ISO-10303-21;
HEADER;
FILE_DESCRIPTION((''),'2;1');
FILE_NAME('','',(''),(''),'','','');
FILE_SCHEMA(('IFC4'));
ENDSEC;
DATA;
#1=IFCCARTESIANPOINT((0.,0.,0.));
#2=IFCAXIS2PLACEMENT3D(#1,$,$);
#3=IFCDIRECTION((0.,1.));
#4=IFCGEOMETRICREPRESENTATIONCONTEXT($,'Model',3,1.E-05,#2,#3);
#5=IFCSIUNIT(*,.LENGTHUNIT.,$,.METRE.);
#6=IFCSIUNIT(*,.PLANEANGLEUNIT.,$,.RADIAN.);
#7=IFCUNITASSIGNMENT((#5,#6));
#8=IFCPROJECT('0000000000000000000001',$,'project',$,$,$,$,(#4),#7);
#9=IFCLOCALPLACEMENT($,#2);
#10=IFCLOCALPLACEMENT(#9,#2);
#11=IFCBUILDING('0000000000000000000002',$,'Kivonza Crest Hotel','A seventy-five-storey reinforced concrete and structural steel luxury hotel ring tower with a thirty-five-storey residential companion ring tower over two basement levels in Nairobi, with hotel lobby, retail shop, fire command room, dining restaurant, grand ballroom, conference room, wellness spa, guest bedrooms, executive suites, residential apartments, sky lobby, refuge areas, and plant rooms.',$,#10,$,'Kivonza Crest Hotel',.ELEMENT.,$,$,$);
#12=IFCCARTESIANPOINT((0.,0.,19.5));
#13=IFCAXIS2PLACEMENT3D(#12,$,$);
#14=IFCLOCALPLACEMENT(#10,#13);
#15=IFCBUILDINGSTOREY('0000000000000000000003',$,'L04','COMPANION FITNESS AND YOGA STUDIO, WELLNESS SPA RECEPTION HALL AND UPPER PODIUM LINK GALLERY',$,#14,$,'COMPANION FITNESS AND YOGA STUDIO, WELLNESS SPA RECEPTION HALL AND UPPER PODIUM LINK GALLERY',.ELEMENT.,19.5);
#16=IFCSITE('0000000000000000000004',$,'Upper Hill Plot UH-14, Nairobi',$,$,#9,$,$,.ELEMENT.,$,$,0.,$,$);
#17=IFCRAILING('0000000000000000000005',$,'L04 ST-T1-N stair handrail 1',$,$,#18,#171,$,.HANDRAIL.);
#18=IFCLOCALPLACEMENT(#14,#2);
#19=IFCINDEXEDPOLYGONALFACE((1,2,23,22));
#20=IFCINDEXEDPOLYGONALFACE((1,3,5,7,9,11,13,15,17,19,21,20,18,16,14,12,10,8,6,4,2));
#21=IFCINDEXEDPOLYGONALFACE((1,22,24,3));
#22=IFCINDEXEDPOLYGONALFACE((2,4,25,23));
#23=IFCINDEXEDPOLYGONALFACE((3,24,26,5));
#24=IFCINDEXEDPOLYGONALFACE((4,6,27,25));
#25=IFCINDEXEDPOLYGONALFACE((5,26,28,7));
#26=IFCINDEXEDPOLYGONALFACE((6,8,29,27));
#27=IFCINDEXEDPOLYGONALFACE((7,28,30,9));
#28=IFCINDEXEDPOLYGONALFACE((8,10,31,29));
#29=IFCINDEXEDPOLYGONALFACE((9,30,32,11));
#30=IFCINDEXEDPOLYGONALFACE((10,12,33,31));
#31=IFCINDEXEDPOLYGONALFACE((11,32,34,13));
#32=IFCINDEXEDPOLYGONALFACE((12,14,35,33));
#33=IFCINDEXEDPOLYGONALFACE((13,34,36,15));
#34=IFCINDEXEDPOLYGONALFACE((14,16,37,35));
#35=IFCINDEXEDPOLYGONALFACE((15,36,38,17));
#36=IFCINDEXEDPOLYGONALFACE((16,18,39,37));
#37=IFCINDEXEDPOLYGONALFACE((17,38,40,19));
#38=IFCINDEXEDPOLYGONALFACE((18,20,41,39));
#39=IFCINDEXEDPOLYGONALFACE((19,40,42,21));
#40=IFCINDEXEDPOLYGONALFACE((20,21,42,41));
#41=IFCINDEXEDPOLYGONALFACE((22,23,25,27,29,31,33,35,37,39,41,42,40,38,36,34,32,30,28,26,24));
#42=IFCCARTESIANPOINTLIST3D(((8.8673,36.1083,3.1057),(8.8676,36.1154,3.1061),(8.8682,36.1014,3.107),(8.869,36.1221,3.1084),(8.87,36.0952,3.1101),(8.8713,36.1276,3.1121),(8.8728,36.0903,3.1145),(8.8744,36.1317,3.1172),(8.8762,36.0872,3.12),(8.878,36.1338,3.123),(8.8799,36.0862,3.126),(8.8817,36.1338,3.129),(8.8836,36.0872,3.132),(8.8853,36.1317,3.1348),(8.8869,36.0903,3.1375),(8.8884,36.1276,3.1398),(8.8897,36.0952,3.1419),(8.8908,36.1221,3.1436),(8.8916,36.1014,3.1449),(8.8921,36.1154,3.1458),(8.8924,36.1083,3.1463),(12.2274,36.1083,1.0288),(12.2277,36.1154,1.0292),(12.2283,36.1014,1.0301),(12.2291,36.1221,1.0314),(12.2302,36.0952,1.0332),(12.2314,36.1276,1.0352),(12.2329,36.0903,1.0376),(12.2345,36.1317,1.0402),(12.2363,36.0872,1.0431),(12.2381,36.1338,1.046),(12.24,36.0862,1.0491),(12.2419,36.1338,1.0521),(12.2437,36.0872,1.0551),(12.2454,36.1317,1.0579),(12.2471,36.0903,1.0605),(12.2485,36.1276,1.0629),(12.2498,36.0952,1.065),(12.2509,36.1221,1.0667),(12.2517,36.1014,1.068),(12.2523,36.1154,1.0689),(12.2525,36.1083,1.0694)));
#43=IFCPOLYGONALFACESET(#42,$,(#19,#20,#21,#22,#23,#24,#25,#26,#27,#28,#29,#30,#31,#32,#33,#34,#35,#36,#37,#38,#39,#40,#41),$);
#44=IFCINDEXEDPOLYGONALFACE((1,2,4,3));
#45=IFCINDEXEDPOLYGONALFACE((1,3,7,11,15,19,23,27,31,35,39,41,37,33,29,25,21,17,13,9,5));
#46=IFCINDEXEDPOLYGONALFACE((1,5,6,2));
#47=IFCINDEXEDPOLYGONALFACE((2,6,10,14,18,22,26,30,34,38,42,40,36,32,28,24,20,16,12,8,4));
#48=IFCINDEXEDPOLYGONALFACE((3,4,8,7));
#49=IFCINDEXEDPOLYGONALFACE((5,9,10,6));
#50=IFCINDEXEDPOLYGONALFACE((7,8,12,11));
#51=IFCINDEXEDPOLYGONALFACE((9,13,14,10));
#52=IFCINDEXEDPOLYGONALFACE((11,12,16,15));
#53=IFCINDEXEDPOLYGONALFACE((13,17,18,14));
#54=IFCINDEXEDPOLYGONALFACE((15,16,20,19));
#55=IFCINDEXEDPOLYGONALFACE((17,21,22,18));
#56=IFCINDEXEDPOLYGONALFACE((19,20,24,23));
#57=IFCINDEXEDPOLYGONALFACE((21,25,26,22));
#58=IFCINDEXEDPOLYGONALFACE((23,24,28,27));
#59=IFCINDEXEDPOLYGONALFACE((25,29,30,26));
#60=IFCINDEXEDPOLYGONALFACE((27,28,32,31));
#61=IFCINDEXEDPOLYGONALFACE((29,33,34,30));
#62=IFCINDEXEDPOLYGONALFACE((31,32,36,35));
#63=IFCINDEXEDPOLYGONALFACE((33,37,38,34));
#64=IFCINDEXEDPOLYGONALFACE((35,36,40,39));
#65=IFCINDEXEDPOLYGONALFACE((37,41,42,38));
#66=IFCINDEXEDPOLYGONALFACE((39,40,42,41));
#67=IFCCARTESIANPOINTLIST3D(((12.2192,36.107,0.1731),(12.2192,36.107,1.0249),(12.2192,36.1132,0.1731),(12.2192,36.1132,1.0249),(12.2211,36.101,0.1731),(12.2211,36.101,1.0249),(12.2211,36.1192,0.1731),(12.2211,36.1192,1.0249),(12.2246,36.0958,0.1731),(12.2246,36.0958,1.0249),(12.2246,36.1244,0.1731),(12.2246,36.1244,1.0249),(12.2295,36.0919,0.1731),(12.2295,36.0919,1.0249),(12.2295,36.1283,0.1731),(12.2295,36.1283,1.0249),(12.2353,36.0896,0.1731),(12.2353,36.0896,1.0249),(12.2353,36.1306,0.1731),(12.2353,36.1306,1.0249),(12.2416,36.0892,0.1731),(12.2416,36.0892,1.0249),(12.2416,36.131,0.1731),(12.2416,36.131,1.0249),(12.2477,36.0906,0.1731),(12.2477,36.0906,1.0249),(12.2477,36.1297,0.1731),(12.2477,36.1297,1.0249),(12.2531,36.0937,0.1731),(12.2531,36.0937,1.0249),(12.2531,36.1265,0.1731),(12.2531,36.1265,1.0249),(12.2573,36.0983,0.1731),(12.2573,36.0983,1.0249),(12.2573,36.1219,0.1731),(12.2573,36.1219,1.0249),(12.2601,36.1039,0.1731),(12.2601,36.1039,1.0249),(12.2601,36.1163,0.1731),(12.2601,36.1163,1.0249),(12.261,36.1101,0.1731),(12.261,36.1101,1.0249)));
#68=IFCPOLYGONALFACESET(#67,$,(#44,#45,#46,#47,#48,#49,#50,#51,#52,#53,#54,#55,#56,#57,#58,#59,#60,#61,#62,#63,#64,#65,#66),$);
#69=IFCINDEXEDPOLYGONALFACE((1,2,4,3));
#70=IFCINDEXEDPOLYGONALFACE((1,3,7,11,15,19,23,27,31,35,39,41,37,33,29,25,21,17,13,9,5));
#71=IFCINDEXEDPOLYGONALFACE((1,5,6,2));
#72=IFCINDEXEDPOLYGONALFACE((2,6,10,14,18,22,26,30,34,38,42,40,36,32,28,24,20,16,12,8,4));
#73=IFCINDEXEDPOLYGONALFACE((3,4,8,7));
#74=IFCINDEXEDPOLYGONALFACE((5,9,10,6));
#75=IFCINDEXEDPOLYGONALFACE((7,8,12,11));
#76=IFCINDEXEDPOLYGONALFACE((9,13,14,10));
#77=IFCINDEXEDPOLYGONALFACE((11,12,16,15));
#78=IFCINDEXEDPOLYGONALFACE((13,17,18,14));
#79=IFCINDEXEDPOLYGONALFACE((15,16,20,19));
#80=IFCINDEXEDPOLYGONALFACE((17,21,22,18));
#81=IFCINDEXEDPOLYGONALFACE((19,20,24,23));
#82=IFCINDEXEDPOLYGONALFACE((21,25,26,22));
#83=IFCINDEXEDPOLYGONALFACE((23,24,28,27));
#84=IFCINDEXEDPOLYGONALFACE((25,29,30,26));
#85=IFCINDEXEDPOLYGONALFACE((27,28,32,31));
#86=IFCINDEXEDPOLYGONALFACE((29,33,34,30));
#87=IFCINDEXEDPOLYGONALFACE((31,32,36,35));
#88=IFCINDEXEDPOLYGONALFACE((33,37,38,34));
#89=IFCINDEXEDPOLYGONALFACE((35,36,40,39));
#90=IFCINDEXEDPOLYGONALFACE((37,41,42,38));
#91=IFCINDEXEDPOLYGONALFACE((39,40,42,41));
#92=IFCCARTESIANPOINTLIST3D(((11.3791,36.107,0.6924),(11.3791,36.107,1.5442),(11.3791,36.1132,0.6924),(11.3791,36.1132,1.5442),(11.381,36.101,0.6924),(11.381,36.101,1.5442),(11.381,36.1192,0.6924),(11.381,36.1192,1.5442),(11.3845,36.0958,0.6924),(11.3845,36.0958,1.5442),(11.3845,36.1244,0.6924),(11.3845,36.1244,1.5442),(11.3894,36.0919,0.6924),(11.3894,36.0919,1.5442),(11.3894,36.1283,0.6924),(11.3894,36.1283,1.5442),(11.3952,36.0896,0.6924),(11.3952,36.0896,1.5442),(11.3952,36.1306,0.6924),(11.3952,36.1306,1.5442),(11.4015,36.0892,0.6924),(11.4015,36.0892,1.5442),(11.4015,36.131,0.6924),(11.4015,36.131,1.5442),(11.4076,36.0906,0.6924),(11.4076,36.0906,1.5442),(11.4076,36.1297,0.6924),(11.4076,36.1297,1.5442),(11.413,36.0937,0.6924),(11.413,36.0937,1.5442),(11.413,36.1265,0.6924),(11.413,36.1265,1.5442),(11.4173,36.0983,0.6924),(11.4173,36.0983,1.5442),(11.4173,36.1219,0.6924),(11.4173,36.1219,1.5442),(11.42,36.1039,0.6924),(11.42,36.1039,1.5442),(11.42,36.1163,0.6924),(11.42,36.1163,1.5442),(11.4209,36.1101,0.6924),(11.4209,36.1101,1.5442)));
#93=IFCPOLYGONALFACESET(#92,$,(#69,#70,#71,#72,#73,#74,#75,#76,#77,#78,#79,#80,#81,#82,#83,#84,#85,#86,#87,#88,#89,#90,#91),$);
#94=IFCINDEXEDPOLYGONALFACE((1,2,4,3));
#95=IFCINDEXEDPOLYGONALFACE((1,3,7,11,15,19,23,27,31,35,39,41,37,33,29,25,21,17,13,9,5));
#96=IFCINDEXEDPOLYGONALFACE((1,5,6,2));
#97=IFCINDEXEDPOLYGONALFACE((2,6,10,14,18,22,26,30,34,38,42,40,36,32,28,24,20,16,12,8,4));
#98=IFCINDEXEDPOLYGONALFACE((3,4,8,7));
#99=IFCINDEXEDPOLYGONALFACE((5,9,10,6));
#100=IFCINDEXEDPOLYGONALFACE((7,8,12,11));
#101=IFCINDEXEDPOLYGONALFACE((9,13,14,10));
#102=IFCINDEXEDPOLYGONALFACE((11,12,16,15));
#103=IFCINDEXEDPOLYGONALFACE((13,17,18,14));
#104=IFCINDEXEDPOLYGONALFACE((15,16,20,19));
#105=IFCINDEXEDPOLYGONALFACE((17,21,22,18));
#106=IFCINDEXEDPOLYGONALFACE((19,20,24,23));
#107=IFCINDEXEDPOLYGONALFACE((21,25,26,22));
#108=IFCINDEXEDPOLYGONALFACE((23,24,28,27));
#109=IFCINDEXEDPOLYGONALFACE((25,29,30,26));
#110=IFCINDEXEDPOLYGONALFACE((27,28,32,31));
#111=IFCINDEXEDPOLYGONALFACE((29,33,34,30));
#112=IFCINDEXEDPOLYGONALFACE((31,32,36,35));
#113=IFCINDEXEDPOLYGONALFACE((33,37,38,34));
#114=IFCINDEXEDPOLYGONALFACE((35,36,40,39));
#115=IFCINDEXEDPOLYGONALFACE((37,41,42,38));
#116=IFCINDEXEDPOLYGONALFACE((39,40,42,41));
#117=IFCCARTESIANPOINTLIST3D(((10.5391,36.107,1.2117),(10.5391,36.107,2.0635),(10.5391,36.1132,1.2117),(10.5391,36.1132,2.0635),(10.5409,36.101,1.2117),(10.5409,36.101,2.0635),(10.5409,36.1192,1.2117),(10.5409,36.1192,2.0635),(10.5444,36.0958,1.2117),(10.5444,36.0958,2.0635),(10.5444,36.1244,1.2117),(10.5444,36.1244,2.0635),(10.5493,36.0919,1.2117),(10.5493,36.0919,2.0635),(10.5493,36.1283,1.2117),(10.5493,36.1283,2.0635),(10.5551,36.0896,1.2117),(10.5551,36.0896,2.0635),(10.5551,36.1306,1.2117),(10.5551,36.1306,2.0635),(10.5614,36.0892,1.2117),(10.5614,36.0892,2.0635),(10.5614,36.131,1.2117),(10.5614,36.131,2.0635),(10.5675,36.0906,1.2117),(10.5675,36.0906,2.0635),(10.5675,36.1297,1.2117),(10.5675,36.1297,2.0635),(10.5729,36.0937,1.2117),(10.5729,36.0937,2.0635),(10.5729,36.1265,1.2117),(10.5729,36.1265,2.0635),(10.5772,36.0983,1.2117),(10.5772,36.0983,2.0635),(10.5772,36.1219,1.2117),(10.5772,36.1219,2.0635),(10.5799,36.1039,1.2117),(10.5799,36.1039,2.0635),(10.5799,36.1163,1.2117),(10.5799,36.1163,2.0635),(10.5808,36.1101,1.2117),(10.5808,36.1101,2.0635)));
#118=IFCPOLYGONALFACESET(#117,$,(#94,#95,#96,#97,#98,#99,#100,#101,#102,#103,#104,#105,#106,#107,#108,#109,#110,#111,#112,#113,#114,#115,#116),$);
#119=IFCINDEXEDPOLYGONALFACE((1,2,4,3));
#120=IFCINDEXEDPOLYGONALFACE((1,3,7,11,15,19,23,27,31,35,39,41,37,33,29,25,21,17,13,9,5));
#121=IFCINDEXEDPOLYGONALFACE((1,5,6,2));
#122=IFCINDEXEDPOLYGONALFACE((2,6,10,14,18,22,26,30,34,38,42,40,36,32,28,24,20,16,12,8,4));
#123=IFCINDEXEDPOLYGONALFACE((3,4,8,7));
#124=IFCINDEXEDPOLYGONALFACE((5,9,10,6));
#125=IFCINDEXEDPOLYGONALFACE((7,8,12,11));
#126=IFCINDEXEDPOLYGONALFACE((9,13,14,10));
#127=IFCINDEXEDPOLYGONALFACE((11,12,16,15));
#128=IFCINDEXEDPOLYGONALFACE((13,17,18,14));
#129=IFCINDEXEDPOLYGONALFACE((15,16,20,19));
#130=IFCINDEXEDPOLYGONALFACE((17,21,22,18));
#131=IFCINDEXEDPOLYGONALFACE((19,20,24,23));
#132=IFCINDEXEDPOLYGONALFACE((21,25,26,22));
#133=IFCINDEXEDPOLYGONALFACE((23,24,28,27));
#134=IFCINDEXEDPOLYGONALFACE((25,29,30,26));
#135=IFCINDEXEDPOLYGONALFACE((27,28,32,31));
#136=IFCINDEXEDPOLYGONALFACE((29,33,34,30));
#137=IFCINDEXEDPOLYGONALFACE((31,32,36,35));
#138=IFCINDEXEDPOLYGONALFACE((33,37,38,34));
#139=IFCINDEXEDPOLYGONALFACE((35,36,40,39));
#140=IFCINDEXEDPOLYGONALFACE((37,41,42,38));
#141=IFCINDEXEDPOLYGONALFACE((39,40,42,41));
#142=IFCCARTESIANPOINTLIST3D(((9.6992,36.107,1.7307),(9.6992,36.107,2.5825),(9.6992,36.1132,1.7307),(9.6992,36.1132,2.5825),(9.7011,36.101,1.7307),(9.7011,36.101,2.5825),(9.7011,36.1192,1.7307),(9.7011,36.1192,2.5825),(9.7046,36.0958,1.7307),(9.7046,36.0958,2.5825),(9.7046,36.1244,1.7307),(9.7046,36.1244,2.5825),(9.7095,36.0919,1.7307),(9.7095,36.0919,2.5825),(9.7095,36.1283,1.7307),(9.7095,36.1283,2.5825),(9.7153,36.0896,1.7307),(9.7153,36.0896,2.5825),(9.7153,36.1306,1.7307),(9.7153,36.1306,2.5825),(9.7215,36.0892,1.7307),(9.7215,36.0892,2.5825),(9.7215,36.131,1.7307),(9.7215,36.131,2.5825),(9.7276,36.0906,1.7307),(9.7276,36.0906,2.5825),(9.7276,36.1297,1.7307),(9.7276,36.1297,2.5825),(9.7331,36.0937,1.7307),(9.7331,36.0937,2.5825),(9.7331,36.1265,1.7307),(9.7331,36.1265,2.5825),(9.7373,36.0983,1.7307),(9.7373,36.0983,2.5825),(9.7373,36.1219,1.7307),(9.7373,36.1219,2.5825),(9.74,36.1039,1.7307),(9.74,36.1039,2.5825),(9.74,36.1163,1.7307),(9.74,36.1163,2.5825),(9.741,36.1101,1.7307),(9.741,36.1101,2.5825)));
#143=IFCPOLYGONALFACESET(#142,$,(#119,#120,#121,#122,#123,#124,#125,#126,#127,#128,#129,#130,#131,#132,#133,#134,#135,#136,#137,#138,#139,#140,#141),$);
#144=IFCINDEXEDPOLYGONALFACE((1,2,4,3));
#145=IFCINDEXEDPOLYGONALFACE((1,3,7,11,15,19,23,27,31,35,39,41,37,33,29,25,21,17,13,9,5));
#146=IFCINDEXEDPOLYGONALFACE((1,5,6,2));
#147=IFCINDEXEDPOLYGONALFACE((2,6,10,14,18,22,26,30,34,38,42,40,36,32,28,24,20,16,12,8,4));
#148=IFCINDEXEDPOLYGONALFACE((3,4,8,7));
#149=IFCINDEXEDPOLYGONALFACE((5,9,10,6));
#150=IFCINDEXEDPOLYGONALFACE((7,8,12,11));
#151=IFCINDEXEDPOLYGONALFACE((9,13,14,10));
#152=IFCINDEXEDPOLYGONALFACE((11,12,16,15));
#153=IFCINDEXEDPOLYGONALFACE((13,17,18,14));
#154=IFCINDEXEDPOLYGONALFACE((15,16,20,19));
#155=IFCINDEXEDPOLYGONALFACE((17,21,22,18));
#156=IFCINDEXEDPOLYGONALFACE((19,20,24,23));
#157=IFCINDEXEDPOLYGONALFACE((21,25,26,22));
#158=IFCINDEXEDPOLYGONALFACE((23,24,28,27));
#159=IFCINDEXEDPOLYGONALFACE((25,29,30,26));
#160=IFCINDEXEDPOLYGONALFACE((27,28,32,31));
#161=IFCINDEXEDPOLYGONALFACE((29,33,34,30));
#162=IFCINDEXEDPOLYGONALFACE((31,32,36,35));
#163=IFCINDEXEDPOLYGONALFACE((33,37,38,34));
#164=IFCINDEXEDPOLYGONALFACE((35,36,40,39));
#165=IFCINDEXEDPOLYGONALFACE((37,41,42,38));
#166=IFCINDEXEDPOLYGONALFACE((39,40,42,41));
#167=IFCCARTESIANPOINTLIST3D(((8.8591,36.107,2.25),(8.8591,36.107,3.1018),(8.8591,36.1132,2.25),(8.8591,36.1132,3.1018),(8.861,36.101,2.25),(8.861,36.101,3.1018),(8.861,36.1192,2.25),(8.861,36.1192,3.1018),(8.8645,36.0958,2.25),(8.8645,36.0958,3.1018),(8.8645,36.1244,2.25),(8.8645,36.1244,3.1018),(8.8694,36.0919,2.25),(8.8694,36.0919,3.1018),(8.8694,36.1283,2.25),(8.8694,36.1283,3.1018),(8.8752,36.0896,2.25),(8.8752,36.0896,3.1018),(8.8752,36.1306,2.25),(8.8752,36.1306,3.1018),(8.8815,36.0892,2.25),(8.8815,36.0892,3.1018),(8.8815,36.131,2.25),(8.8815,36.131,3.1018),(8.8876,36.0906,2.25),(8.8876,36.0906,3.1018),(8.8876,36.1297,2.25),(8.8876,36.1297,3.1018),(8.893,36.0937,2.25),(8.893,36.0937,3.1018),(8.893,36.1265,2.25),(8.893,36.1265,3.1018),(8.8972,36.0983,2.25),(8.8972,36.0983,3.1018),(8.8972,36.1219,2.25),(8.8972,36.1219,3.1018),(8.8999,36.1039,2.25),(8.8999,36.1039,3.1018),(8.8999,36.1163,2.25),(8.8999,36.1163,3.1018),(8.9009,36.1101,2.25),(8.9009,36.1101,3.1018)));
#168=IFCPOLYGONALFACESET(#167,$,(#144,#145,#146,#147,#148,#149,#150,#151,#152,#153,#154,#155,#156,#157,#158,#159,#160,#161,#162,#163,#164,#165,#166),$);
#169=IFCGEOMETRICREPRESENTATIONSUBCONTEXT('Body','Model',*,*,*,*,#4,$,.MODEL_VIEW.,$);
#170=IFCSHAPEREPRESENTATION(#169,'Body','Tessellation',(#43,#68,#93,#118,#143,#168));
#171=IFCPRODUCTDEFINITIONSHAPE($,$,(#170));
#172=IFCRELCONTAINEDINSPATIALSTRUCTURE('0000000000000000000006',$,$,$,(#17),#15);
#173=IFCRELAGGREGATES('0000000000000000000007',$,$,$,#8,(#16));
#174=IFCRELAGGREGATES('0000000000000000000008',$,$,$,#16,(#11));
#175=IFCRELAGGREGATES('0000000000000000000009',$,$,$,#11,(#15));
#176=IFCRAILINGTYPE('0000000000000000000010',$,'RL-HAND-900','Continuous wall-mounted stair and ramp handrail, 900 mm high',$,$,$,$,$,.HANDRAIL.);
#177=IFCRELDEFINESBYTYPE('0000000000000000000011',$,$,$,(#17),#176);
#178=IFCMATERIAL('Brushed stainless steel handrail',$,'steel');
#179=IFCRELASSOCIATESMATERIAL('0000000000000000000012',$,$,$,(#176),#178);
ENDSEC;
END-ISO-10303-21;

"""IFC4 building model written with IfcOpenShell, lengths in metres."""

from ifc_helpers import new_model, si_unit, direction, frame, origin, origin_2d, place, context, subcontext, project, spatial, circle, extrude, material, type_object, element, save


model = new_model("IFC4")

# Units and contexts
model_context = context("Model", 3, precision=1e-05, world=origin(), true_north=direction((0.0, 1.0)))
body_context = subcontext(model_context, "Body", "Model", "MODEL_VIEW")
ifc_project = project(units=[si_unit("LENGTHUNIT", "METRE"), si_unit("PLANEANGLEUNIT", "RADIAN")], contexts=[model_context])

# Site, building, storey
site_placement = place(None, origin())
site = spatial("IfcSite", under=ifc_project, at=site_placement, Name="Upper Hill Plot UH-14, Nairobi", CompositionType="ELEMENT", RefElevation=0.0)
building_placement = place(site_placement, origin())
building = spatial("IfcBuilding", under=site, at=building_placement, Name="Kivonza Crest Hotel", Description="A seventy-five-storey reinforced concrete and structural steel luxury hotel ring tower with a thirty-five-storey residential companion ring tower over two basement levels in Nairobi, with hotel lobby, retail shop, fire command room, dining restaurant, grand ballroom, conference room, wellness spa, guest bedrooms, executive suites, residential apartments, sky lobby, refuge areas, and plant rooms.", LongName="Kivonza Crest Hotel", CompositionType="ELEMENT")
storey_placement = place(building_placement, frame((0.0, 0.0, 19.5)))
storey = spatial("IfcBuildingStorey", under=building, at=storey_placement, Name="L04", Description="COMPANION FITNESS AND YOGA STUDIO, WELLNESS SPA RECEPTION HALL AND UPPER PODIUM LINK GALLERY", LongName="COMPANION FITNESS AND YOGA STUDIO, WELLNESS SPA RECEPTION HALL AND UPPER PODIUM LINK GALLERY", CompositionType="ELEMENT", Elevation=19.5)

# Railing
ifc_material_1 = material(Name="Brushed stainless steel handrail", Category="steel")
railing_type_1 = type_object("IfcRailingType", Name="RL-HAND-900", Description="Continuous wall-mounted stair and ramp handrail, 900 mm high", PredefinedType="HANDRAIL", material=ifc_material_1)
railing_1_placement = place(storey_placement, frame((12.24, 36.1101, 0.1731)))
element("IfcRailing", 1, at=railing_1_placement, inside=storey, type_object=railing_type_1, Name="L04 ST-T1-N stair handrail 1", PredefinedType="HANDRAIL", context=body_context, shape_type="SweptSolid", body=[
    extrude(circle(Radius=0.0239, at=origin_2d()), frame((0.0, 0.0, 0.876), z_axis=(-0.850623, 0.0, 0.525776), x_axis=(0.0, -1.0, 0.0)), (0.0, 0.0, 1.0), 3.9502),
    extrude(circle(Radius=0.021, at=origin_2d()), origin(), (0.0, 0.0, 1.0), 0.8518),
    extrude(circle(Radius=0.021, at=origin_2d()), frame((-0.8401, 0.0, 0.5193)), (0.0, 0.0, 1.0), 0.8518),
    extrude(circle(Radius=0.021, at=origin_2d()), frame((-1.6802, 0.0, 1.0386)), (0.0, 0.0, 1.0), 0.8518),
    extrude(circle(Radius=0.021, at=origin_2d()), frame((-2.52, 0.0, 1.5576)), (0.0, 0.0, 1.0), 0.8518),
    extrude(circle(Radius=0.021, at=origin_2d()), frame((-3.3601, 0.0, 2.0769)), (0.0, 0.0, 1.0), 0.8518),
])

save(model, "model.ifc")
